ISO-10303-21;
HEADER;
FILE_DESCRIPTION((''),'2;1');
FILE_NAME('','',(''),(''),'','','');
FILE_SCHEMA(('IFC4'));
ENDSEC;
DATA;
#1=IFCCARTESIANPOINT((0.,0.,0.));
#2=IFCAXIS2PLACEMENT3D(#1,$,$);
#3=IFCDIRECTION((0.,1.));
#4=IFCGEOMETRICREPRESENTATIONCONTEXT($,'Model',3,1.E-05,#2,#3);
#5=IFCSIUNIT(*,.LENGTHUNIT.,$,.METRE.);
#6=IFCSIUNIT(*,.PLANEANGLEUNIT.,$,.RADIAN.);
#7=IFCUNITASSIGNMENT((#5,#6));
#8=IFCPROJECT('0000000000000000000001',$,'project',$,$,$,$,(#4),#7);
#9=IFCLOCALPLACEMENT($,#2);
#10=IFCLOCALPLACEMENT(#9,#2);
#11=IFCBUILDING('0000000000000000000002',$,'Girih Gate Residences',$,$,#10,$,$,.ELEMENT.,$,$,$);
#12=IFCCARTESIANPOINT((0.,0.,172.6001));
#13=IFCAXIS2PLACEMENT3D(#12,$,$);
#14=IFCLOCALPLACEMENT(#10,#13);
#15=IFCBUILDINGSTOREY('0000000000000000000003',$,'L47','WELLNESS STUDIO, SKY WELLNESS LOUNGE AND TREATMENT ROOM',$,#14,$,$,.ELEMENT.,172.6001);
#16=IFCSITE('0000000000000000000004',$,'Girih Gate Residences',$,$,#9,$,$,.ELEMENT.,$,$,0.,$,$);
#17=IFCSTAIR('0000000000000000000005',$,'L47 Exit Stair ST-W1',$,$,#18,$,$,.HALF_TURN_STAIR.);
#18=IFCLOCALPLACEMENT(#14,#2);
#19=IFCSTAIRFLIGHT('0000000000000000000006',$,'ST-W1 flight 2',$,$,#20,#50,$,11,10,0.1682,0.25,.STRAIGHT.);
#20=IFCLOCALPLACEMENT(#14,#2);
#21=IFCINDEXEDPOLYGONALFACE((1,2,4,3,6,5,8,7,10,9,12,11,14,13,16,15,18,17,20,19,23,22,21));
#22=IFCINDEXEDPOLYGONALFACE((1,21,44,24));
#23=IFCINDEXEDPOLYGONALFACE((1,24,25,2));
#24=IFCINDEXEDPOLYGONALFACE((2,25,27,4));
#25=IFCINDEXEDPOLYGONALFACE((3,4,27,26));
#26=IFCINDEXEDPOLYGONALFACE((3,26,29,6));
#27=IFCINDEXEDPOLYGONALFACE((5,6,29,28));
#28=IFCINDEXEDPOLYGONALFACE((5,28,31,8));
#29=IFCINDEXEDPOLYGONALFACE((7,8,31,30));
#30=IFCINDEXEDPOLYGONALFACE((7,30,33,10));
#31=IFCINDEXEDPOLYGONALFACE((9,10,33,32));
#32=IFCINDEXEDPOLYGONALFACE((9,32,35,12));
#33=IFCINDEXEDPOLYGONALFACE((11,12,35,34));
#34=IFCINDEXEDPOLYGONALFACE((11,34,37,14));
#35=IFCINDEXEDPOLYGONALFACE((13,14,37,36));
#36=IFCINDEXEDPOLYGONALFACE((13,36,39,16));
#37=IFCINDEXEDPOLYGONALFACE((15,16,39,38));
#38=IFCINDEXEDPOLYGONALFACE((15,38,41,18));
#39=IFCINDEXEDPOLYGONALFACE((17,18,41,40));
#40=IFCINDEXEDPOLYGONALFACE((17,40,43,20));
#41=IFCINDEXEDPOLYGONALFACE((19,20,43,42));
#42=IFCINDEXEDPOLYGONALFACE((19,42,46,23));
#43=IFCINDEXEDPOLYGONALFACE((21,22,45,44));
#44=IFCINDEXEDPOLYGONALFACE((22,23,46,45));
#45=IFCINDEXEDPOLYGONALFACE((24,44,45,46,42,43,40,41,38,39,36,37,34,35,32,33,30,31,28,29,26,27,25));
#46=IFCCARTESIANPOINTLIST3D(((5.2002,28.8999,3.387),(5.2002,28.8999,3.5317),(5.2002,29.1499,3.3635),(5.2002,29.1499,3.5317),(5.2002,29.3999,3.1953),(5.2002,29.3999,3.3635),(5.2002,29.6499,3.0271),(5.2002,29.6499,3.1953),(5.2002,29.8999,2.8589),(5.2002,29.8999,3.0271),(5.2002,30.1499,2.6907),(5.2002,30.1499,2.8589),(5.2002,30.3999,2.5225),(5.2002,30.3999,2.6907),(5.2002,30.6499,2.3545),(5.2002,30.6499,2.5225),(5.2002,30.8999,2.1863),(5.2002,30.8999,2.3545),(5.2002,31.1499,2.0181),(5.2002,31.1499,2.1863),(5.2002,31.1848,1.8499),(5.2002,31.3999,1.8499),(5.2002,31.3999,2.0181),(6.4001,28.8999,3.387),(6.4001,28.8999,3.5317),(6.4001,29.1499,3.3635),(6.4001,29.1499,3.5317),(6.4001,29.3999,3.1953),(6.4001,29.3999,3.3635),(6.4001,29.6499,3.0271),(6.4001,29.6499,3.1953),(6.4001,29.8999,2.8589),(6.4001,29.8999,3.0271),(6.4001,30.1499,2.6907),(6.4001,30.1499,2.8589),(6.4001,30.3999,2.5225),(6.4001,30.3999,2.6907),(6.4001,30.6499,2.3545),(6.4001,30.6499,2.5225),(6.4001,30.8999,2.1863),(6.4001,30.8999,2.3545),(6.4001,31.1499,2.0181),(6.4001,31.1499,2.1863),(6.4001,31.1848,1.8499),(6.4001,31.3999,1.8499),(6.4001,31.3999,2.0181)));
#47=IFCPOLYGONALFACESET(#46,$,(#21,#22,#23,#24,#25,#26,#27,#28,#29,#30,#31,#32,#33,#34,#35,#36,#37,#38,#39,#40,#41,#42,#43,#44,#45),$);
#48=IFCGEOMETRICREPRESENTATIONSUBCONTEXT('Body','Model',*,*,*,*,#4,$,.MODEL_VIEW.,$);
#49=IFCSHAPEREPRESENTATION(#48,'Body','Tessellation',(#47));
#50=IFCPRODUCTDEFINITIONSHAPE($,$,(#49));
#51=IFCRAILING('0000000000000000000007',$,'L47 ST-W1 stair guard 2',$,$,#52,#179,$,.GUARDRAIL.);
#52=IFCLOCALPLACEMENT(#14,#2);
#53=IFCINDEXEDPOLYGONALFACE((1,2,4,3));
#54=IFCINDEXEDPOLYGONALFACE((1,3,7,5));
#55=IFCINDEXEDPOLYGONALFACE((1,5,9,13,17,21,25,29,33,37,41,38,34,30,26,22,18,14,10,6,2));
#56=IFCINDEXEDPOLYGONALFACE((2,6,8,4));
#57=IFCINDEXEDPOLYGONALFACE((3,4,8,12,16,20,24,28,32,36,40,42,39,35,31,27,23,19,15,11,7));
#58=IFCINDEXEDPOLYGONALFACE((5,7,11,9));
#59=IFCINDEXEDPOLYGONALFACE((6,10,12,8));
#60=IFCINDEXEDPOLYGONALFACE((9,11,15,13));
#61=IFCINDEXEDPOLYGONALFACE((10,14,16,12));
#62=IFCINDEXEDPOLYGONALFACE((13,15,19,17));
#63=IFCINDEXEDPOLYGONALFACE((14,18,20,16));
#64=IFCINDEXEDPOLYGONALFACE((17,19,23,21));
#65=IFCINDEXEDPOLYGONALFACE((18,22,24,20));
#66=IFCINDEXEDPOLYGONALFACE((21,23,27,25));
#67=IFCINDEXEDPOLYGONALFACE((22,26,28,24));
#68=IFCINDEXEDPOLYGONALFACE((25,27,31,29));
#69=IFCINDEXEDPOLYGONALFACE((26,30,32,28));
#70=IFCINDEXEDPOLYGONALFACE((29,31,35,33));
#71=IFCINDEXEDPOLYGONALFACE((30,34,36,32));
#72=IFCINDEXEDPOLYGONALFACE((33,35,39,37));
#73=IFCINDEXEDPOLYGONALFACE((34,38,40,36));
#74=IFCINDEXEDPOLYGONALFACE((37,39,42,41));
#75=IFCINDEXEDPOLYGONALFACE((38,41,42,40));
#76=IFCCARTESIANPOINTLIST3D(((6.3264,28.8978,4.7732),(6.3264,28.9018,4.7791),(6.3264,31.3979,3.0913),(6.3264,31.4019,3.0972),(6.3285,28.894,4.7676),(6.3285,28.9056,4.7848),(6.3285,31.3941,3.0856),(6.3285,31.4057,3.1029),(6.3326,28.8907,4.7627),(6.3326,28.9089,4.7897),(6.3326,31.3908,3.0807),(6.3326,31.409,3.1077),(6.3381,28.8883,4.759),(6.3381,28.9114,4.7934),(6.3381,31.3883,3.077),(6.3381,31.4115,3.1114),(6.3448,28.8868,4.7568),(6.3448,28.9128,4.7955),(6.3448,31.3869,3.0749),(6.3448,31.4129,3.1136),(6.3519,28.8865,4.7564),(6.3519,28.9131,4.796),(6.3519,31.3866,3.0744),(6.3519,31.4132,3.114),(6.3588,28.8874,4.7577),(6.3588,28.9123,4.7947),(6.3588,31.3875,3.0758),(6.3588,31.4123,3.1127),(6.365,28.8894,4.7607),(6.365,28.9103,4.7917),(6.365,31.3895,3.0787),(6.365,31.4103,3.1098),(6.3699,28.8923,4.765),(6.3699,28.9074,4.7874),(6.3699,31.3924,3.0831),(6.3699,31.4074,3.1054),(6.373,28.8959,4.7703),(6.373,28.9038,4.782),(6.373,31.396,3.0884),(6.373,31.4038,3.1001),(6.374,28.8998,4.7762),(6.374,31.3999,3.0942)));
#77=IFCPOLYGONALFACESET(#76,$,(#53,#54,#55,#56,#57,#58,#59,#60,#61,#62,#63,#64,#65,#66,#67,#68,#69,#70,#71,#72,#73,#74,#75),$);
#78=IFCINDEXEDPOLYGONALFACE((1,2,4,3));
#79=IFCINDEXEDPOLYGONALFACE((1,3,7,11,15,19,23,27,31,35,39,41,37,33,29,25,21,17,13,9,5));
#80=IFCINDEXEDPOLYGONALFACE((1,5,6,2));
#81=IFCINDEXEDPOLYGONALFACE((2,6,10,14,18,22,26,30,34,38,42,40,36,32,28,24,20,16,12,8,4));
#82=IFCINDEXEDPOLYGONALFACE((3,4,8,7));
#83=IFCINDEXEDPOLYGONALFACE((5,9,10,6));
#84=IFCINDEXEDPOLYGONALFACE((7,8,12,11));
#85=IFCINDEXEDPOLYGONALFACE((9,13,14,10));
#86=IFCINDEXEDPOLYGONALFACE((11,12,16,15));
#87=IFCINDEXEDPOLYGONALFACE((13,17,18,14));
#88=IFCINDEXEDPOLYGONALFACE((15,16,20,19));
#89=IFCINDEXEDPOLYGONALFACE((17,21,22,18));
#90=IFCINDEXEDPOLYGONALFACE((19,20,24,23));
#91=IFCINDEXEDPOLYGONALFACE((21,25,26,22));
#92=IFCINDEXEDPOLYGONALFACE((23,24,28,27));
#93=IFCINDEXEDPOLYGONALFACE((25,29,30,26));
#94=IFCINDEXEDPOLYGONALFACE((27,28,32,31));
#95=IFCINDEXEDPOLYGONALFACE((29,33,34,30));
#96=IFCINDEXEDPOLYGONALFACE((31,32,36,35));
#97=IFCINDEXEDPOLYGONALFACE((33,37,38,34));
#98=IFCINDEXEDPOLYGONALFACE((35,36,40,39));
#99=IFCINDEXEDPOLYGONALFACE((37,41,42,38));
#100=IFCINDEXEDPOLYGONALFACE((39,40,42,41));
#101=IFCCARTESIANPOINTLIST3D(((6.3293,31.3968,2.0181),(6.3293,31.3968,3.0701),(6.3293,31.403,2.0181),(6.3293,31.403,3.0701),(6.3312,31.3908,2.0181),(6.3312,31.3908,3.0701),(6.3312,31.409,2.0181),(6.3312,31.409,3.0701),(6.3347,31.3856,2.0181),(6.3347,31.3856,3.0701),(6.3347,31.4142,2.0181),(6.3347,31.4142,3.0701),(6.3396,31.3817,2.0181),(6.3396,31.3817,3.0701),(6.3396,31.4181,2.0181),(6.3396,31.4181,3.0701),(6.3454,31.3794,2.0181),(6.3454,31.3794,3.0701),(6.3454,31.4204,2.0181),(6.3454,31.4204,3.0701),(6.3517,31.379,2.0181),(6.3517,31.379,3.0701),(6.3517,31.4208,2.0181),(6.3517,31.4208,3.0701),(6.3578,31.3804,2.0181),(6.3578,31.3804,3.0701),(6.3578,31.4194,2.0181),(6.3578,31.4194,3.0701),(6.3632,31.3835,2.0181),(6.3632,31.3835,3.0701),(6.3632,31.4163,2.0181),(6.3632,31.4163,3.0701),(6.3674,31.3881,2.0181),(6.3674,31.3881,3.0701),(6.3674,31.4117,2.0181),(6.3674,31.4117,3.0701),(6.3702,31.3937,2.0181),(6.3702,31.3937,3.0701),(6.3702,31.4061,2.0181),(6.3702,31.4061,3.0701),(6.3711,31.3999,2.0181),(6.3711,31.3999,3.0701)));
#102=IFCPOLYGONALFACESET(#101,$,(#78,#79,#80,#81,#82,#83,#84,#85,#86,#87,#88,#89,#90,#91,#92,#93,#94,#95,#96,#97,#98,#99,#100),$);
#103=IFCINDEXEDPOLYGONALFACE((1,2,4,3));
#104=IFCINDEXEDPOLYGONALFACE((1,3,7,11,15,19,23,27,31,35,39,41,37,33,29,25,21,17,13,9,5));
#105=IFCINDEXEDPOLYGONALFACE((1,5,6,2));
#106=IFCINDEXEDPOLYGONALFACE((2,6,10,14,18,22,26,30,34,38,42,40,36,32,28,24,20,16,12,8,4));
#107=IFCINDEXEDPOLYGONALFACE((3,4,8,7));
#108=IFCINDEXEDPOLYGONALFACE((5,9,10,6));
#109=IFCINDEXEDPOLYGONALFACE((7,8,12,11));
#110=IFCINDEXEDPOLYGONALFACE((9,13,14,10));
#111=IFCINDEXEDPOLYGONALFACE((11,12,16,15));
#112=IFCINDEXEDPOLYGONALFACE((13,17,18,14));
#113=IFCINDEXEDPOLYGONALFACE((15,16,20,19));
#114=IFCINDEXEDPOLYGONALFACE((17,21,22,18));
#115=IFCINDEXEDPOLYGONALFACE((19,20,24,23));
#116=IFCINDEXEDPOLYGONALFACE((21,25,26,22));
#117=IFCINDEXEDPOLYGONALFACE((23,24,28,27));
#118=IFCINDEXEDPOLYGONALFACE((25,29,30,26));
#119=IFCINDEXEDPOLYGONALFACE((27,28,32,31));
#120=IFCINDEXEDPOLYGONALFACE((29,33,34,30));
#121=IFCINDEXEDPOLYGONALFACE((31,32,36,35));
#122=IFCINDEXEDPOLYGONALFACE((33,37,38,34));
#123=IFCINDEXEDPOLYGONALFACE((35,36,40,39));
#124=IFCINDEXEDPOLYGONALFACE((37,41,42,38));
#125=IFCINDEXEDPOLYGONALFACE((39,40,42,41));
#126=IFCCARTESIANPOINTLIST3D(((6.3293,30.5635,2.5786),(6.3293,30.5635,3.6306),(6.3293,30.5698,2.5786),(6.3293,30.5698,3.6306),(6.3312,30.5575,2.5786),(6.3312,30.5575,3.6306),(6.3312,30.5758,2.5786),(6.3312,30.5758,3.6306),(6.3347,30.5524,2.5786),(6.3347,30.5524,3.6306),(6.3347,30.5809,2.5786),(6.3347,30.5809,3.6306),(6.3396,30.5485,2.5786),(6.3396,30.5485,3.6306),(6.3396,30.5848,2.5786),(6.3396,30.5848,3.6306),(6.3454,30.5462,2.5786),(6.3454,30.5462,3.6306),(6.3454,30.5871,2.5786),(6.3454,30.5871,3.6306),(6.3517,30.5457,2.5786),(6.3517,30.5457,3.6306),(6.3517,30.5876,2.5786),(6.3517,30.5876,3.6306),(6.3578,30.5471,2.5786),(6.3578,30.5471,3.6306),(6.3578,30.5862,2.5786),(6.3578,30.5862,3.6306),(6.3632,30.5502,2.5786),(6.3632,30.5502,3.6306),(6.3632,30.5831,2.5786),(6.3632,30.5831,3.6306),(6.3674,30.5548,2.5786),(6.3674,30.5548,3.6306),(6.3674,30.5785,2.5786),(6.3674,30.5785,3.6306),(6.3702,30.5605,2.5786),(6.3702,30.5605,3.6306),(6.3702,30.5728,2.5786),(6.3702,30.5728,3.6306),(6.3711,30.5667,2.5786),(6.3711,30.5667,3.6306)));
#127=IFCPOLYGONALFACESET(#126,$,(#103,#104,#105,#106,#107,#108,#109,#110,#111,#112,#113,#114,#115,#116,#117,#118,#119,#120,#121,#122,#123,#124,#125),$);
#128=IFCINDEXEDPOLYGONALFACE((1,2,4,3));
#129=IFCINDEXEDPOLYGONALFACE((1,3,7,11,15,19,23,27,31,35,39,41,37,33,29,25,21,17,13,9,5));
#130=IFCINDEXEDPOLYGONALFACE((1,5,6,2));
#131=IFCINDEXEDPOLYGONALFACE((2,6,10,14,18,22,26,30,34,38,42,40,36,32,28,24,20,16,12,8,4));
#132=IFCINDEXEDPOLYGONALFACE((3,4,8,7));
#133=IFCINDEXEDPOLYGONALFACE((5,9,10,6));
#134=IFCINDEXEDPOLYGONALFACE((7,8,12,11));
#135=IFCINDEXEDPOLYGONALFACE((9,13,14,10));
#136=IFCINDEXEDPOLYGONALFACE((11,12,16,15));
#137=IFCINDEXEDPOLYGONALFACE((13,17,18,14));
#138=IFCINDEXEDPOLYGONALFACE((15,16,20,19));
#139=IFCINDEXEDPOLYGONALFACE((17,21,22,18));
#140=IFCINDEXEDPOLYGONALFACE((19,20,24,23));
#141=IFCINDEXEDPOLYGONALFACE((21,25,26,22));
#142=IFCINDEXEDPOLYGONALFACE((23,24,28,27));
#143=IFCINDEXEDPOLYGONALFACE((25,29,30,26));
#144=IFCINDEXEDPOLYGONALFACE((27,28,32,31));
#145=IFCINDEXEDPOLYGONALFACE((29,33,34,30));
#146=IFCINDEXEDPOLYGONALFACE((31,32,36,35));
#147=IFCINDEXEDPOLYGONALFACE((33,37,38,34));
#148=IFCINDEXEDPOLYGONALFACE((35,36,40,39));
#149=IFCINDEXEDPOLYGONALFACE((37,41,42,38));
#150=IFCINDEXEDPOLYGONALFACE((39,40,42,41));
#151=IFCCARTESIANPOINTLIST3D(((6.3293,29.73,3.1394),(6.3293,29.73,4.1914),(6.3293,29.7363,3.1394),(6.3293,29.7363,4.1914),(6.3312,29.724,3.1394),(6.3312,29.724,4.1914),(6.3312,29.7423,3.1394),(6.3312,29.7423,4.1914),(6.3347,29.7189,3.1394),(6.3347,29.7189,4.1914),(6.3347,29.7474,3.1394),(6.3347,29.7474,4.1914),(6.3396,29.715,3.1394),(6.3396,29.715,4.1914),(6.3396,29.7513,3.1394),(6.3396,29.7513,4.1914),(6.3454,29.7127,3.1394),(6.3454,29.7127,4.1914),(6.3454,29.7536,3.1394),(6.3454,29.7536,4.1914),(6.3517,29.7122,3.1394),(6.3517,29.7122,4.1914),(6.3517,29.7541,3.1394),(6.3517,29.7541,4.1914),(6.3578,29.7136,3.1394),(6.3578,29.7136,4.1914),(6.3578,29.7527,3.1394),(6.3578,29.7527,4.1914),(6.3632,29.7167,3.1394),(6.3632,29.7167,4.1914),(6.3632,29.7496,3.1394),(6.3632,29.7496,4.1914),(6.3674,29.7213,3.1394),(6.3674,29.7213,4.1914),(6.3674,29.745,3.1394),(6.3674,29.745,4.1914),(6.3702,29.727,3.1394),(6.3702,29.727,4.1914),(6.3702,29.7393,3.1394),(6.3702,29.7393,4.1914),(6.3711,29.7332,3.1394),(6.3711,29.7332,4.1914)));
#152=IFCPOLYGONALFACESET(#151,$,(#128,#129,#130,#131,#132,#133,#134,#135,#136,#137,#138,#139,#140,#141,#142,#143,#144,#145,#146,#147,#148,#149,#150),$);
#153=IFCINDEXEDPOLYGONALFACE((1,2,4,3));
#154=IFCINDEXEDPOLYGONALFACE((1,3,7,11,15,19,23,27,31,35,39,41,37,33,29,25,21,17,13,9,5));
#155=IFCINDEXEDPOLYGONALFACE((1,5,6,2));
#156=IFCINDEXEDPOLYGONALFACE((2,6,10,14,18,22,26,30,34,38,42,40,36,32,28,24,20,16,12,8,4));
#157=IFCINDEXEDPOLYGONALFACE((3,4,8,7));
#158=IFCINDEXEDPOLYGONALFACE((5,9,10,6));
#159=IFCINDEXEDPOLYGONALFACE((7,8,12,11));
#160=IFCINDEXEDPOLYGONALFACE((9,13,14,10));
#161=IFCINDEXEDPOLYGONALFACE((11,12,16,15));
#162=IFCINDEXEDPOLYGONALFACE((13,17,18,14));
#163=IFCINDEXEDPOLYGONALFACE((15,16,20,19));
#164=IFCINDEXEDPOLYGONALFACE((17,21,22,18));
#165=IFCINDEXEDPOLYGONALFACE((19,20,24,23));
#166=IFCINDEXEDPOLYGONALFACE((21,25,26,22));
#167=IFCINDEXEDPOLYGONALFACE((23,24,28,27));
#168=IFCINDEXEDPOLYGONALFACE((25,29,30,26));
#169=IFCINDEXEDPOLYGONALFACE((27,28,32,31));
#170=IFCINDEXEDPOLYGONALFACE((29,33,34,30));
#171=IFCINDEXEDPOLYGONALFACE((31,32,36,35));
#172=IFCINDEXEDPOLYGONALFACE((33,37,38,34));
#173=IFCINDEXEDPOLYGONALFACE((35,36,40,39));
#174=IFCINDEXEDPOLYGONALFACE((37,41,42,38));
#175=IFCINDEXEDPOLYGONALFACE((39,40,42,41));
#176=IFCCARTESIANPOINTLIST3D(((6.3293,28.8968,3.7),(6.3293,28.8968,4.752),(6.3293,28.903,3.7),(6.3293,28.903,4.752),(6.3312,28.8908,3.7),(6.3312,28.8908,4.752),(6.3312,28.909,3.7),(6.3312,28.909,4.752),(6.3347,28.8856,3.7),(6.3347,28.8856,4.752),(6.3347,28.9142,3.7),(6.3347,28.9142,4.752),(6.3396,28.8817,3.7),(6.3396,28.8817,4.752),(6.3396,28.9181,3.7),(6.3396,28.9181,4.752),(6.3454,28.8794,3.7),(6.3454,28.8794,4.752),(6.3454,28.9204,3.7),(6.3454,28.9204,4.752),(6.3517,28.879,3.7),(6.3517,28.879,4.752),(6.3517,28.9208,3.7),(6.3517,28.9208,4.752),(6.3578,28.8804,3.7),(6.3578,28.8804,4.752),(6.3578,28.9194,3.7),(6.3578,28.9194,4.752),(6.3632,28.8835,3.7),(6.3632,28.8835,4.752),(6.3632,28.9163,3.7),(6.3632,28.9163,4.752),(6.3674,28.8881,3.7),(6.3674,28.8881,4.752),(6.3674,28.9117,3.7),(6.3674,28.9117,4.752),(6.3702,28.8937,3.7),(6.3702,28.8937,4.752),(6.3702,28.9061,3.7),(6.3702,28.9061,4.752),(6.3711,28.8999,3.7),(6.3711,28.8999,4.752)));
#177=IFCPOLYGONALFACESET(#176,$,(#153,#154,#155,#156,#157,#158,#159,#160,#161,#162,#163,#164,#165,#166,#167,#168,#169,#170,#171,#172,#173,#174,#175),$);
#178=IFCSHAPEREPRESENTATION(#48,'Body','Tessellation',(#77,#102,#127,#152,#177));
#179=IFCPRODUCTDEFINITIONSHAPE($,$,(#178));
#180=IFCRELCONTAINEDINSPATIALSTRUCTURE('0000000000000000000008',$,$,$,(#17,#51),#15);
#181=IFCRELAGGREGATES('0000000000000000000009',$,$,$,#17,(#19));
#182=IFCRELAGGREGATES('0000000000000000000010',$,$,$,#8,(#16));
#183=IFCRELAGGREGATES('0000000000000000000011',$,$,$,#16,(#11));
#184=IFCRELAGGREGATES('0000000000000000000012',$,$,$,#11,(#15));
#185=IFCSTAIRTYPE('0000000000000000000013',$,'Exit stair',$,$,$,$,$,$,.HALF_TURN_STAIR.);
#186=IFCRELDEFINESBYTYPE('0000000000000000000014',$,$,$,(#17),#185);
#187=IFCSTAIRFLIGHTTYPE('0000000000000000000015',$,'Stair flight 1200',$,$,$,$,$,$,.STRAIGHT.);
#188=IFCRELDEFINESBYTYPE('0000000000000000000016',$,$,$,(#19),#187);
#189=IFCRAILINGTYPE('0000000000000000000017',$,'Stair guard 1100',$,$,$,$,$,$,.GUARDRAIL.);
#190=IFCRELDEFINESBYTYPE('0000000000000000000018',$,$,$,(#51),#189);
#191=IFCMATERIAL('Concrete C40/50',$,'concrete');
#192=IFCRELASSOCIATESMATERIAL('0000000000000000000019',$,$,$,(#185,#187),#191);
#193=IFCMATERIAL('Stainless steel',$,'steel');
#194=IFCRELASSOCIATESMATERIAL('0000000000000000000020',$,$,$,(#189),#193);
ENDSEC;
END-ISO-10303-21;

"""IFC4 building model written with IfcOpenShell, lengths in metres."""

from ifc_helpers import new_model, si_unit, direction, frame, origin, origin_2d, place, context, subcontext, project, spatial, polyline, circle, outline, extrude, material, type_object, element, aggregate, save


model = new_model("IFC4")

# Units and contexts
model_context = context("Model", 3, precision=1e-05, world=origin(), true_north=direction((0.0, 1.0)))
body_context = subcontext(model_context, "Body", "Model", "MODEL_VIEW")
ifc_project = project(units=[si_unit("LENGTHUNIT", "METRE"), si_unit("PLANEANGLEUNIT", "RADIAN")], contexts=[model_context])

# Site, building, storey
site_placement = place(None, origin())
site = spatial("IfcSite", under=ifc_project, at=site_placement, Name="Girih Gate Residences", CompositionType="ELEMENT", RefElevation=0.0)
building_placement = place(site_placement, origin())
building = spatial("IfcBuilding", under=site, at=building_placement, Name="Girih Gate Residences", CompositionType="ELEMENT")
storey_placement = place(building_placement, frame((0.0, 0.0, 172.6001)))
storey = spatial("IfcBuildingStorey", under=building, at=storey_placement, Name="L47", Description="WELLNESS STUDIO, SKY WELLNESS LOUNGE AND TREATMENT ROOM", CompositionType="ELEMENT", Elevation=172.6001)

# Shared definitions
ifc_material_1 = material(Name="Concrete C40/50", Category="concrete")

# Shared definitions
ifc_material_2 = material(Name="Stainless steel", Category="steel")

# Stair, stair flight
stair_type = type_object("IfcStairType", Name="Exit stair", PredefinedType="HALF_TURN_STAIR", material=ifc_material_1)
stair_placement = place(storey_placement, origin())
stair = element("IfcStair", 1, at=stair_placement, inside=storey, type_object=stair_type, Name="L47 Exit Stair ST-W1", PredefinedType="HALF_TURN_STAIR")
stair_flight_type = type_object("IfcStairFlightType", Name="Stair flight 1200", PredefinedType="STRAIGHT", material=ifc_material_1)
stair_flight_placement = place(storey_placement, frame((5.8, 31.3999, 1.8499), z_axis=(0.0, 0.0, 1.0), x_axis=(0.0, -1.0, 0.0)))
stair_flight = element("IfcStairFlight", 2, at=stair_flight_placement, type_object=stair_flight_type, Name="ST-W1 flight 2", NumberOfRisers=11, NumberOfTreads=10, PredefinedType="STRAIGHT", RiserHeight=0.1682, TreadLength=0.25, context=body_context, shape_type="SweptSolid", body=[
    extrude(outline(polyline([(0.0, 0.0), (0.0, 0.1682), (0.25, 0.1682), (0.25, 0.3364), (0.5, 0.3364), (0.5, 0.5046), (0.75, 0.5046), (0.75, 0.6726), (1.0, 0.6726), (1.0, 0.8408), (1.25, 0.8408), (1.25, 1.009), (1.5, 1.009), (1.5, 1.1772), (1.75, 1.1772), (1.75, 1.3455), (2.0, 1.3455), (2.0, 1.5137), (2.25, 1.5137), (2.25, 1.6819), (2.5, 1.6819), (2.5, 1.8501), (2.5, 1.5371), (0.2151, 0.0), (0.0, 0.0)])), frame((0.0, 0.6001, 0.0), z_axis=(0.0, -1.0, 0.0), x_axis=(1.0, 0.0, 0.0)), (0.0, 0.0, 1.0), 1.2),
])
aggregate(stair, [stair_flight])

# Railing
railing_type = type_object("IfcRailingType", Name="Stair guard 1100", PredefinedType="GUARDRAIL", material=ifc_material_2)
railing_placement = place(storey_placement, frame((6.3501, 31.3999, 2.0181)))
element("IfcRailing", 3, at=railing_placement, inside=storey, type_object=railing_type, Name="L47 ST-W1 stair guard 2", PredefinedType="GUARDRAIL", context=body_context, shape_type="SweptSolid", body=[
    extrude(circle(Radius=0.0239, at=origin_2d()), frame((0.0, 0.0, 1.0762), z_axis=(0.0, -0.829712, 0.558192), x_axis=(1.0, 0.0, 0.0)), (0.0, 0.0, 1.0), 3.0132),
    extrude(circle(Radius=0.021, at=origin_2d()), origin(), (0.0, 0.0, 1.0), 1.052),
    extrude(circle(Radius=0.021, at=origin_2d()), frame((0.0, -0.8333, 0.5605)), (0.0, 0.0, 1.0), 1.052),
    extrude(circle(Radius=0.021, at=origin_2d()), frame((0.0, -1.6667, 1.1213)), (0.0, 0.0, 1.0), 1.052),
    extrude(circle(Radius=0.021, at=origin_2d()), frame((0.0, -2.5, 1.6819)), (0.0, 0.0, 1.0), 1.052),
])

save(model, "model.ifc")
